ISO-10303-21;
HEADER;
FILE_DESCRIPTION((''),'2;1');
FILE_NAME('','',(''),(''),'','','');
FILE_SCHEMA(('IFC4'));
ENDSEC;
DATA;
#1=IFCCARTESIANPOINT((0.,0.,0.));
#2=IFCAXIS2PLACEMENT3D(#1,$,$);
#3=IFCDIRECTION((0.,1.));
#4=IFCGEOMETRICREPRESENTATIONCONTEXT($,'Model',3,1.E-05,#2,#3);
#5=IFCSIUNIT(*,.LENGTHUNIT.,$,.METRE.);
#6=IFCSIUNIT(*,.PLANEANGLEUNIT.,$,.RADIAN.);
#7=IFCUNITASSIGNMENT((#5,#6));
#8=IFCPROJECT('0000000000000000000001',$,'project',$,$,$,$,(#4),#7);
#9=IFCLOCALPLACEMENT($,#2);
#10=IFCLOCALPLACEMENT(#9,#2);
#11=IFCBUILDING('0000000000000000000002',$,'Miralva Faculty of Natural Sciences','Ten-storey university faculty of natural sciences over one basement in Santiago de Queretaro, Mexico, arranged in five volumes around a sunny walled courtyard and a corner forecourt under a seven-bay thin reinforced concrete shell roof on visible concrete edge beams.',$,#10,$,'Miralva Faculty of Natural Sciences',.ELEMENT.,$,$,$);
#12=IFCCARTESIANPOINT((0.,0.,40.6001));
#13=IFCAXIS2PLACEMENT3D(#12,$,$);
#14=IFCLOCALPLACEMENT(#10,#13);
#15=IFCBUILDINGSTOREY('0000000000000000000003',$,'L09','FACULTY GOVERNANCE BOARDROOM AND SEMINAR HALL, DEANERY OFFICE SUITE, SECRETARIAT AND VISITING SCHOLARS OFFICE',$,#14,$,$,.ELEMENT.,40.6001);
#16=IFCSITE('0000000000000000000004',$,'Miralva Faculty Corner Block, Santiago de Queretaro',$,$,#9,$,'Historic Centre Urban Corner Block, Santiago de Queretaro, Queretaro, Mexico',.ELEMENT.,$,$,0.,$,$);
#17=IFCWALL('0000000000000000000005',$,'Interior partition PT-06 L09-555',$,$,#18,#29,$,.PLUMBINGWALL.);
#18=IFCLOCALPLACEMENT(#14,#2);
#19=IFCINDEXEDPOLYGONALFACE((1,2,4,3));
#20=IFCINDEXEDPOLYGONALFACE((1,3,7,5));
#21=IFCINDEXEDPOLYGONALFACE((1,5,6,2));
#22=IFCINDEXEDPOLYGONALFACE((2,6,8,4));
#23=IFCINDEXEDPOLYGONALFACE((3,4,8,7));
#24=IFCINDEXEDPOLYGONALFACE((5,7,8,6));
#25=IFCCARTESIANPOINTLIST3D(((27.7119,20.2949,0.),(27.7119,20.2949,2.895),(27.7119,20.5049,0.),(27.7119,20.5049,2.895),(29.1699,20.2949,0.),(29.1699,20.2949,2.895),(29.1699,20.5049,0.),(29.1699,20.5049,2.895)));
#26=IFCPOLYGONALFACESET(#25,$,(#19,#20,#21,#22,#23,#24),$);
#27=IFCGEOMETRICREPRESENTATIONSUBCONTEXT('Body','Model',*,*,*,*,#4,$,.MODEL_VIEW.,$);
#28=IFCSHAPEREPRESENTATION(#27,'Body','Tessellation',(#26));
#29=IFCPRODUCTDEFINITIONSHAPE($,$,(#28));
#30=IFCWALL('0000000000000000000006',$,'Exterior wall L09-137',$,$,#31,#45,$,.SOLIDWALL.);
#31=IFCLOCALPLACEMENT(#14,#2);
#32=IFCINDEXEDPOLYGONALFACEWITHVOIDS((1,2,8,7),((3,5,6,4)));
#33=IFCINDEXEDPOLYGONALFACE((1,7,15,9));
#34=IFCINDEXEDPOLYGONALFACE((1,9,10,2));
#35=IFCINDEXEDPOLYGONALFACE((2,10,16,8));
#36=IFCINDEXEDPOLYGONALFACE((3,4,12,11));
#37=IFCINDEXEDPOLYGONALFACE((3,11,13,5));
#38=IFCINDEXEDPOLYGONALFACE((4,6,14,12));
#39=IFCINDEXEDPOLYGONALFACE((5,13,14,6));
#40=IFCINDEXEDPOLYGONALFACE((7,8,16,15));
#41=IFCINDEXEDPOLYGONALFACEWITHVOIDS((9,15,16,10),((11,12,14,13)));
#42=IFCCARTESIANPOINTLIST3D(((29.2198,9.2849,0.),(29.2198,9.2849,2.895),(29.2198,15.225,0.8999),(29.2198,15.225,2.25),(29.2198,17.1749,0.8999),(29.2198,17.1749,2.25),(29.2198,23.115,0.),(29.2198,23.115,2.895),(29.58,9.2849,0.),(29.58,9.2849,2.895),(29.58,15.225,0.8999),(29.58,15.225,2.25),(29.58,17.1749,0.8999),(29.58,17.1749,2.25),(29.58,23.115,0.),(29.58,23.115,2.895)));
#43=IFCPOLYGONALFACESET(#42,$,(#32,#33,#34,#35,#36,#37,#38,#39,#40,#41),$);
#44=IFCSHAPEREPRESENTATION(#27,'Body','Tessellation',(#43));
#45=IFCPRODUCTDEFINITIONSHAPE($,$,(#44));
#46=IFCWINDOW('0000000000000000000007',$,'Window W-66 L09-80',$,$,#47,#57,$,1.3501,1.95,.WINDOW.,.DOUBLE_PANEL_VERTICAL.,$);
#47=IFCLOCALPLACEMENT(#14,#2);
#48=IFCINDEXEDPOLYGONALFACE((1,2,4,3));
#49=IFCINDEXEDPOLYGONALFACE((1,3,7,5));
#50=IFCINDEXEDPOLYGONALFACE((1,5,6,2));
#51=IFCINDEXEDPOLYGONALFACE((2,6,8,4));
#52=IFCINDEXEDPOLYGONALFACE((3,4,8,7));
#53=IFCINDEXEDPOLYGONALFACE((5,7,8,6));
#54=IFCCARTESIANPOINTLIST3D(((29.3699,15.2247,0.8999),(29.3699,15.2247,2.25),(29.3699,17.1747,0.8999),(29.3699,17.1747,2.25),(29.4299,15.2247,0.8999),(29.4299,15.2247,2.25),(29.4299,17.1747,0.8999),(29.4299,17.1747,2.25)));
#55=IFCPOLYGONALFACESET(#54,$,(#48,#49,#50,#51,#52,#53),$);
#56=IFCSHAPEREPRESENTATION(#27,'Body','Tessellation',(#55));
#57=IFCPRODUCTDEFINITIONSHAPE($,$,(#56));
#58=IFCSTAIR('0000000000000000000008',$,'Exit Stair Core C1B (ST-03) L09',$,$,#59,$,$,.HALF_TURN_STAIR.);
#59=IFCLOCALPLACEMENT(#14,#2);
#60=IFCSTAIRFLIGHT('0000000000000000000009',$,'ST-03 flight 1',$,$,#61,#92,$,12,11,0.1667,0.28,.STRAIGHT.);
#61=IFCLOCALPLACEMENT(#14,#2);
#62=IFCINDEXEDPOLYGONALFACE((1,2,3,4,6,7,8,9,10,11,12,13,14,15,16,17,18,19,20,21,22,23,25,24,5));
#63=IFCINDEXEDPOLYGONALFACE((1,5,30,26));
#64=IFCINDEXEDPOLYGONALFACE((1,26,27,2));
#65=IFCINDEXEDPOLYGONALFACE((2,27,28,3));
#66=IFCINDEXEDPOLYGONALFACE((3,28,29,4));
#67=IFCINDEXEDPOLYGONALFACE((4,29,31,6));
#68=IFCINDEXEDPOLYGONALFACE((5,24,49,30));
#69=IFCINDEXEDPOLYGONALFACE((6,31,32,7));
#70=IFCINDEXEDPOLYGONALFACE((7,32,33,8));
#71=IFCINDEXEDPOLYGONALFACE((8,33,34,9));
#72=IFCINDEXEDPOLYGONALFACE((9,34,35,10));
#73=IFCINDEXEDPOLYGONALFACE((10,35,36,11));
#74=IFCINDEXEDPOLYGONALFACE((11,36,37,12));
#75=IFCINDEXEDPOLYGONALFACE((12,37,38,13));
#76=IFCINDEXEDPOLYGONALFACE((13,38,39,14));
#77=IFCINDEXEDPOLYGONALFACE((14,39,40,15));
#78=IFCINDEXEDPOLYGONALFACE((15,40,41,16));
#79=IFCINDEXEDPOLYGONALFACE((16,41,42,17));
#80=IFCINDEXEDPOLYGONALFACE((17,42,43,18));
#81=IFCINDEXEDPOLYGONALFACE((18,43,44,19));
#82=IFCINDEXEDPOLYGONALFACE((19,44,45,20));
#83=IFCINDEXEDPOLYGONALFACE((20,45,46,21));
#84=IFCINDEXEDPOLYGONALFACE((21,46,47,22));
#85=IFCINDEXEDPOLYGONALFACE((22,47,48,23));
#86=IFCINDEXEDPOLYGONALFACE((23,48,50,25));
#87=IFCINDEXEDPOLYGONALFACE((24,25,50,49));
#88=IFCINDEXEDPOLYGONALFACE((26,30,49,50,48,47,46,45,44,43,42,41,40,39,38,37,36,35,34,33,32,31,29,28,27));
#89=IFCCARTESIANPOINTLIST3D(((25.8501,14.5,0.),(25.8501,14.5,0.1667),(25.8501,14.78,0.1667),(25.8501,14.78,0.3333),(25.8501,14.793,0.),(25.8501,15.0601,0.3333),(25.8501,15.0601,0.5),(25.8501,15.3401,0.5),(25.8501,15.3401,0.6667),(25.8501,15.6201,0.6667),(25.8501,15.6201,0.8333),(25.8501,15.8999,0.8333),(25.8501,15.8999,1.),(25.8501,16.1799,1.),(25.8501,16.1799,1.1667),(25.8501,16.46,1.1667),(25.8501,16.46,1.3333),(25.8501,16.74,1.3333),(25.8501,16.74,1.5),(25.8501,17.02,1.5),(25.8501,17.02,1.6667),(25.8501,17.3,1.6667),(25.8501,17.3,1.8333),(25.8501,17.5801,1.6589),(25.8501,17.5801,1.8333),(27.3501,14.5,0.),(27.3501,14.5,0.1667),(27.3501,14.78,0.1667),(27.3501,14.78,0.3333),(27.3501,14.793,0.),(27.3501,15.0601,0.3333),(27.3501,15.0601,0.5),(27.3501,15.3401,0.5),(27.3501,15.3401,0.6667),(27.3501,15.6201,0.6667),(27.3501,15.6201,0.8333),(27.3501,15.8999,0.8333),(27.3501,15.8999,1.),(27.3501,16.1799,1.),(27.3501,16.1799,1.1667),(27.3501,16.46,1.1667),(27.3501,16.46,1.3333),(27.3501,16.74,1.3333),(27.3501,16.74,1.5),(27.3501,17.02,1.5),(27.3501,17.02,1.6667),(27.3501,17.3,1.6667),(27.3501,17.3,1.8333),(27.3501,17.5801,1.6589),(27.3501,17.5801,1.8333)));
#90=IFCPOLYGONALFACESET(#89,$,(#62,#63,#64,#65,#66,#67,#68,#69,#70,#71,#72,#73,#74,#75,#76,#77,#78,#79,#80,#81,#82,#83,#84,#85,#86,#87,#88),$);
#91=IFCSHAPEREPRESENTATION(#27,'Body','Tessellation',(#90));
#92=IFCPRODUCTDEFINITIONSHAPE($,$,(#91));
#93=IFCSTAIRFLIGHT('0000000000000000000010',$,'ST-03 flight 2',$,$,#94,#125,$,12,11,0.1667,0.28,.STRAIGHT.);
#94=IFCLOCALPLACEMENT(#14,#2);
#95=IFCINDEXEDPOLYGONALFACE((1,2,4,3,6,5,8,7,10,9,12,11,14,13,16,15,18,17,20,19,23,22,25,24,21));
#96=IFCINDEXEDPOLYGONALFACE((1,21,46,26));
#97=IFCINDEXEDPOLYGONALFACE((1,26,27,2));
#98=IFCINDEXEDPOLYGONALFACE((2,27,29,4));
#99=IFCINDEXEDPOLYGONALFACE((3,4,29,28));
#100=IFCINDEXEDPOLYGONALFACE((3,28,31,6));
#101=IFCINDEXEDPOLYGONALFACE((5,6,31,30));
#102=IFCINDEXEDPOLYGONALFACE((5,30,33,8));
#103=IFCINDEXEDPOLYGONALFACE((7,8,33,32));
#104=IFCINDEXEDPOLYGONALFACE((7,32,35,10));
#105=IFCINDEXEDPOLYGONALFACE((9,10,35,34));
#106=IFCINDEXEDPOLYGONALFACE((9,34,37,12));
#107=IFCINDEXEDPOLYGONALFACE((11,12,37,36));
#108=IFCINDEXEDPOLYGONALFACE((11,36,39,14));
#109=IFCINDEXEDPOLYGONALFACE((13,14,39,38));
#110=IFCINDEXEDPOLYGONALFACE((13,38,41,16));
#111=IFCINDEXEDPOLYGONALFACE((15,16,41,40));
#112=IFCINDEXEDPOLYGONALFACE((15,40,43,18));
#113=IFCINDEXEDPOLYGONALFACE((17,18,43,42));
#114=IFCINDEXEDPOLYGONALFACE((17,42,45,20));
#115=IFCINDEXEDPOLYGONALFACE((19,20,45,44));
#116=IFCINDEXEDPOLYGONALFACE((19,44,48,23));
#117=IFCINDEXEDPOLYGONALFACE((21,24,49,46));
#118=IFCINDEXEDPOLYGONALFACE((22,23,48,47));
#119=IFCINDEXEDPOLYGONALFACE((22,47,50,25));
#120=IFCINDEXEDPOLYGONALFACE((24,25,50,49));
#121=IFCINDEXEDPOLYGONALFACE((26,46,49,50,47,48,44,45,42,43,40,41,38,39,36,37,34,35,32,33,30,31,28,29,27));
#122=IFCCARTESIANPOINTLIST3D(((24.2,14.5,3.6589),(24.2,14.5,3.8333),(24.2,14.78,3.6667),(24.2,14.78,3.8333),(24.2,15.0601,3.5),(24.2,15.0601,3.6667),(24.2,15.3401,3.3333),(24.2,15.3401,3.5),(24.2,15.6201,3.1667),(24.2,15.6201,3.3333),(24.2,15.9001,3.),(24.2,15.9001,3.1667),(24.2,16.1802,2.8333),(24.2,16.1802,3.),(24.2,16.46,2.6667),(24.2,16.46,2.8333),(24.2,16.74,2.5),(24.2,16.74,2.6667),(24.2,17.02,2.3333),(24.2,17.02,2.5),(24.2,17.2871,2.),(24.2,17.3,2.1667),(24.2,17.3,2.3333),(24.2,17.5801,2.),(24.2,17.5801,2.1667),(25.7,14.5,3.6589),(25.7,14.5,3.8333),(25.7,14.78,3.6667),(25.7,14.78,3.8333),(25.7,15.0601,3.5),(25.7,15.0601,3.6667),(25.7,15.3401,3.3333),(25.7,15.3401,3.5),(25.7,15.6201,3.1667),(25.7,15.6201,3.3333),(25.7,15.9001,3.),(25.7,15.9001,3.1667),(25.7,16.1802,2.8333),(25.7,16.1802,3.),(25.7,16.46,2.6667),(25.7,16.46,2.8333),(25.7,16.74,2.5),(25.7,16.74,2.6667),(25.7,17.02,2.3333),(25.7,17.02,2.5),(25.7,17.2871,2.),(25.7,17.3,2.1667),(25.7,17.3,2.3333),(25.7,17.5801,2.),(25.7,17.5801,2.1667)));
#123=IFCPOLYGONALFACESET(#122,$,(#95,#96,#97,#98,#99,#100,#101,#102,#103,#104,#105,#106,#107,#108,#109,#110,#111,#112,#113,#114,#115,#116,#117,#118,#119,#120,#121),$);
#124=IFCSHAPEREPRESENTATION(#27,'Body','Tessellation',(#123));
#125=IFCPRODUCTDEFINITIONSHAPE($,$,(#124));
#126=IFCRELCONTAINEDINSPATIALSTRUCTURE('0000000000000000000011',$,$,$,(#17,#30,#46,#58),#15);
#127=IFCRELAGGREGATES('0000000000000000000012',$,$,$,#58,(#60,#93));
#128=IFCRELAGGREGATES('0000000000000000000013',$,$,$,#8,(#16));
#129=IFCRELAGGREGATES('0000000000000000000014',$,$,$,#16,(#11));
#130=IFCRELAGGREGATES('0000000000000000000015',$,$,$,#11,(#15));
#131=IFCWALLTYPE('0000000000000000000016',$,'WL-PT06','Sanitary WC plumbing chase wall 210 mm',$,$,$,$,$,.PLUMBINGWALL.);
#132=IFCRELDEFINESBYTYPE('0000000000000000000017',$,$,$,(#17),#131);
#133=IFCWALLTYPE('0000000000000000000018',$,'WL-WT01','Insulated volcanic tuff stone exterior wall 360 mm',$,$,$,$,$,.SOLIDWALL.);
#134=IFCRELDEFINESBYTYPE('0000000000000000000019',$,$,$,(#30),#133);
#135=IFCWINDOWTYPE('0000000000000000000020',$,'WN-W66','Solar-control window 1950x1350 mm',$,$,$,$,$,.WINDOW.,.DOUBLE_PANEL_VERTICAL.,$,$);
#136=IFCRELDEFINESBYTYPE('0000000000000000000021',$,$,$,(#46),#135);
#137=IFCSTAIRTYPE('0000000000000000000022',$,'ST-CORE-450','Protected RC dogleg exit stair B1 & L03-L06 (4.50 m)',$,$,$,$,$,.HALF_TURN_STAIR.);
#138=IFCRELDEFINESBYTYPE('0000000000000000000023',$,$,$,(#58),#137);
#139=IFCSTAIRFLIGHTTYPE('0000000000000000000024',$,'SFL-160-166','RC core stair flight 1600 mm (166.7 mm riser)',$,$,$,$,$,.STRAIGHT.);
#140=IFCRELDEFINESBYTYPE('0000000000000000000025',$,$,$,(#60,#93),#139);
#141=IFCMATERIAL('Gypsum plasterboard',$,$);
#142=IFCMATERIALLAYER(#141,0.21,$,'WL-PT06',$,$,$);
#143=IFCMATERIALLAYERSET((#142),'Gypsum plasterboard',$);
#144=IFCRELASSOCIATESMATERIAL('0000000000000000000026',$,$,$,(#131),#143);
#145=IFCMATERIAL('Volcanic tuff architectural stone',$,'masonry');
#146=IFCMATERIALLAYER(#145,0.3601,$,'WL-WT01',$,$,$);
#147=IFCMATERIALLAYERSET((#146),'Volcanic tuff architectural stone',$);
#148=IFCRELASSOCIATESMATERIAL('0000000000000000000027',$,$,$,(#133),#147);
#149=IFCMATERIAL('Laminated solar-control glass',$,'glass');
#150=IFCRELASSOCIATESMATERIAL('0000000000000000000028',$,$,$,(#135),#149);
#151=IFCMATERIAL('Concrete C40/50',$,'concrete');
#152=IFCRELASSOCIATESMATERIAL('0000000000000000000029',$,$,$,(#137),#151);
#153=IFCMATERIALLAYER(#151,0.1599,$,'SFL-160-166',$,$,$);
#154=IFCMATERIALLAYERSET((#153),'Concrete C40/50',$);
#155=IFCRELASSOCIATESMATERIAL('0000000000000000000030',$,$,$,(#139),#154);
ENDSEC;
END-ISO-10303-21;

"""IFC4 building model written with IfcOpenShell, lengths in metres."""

from ifc_helpers import new_model, si_unit, direction, frame, frame_2d, origin, place, context, subcontext, project, spatial, polyline, rectangle, outline, extrude, material, layer, layer_set, type_object, element, fill, aggregate, save


model = new_model("IFC4")

# Units and contexts
model_context = context("Model", 3, precision=1e-05, world=origin(), true_north=direction((0.0, 1.0)))
body_context = subcontext(model_context, "Body", "Model", "MODEL_VIEW")
ifc_project = project(units=[si_unit("LENGTHUNIT", "METRE"), si_unit("PLANEANGLEUNIT", "RADIAN")], contexts=[model_context])

# Site, building, storey
site_placement = place(None, origin())
site = spatial("IfcSite", under=ifc_project, at=site_placement, Name="Miralva Faculty Corner Block, Santiago de Queretaro", LongName="Historic Centre Urban Corner Block, Santiago de Queretaro, Queretaro, Mexico", CompositionType="ELEMENT", RefElevation=0.0)
building_placement = place(site_placement, origin())
building = spatial("IfcBuilding", under=site, at=building_placement, Name="Miralva Faculty of Natural Sciences", Description="Ten-storey university faculty of natural sciences over one basement in Santiago de Queretaro, Mexico, arranged in five volumes around a sunny walled courtyard and a corner forecourt under a seven-bay thin reinforced concrete shell roof on visible concrete edge beams.", LongName="Miralva Faculty of Natural Sciences", CompositionType="ELEMENT")
storey_placement = place(building_placement, frame((0.0, 0.0, 40.6001)))
storey = spatial("IfcBuildingStorey", under=building, at=storey_placement, Name="L09", Description="FACULTY GOVERNANCE BOARDROOM AND SEMINAR HALL, DEANERY OFFICE SUITE, SECRETARIAT AND VISITING SCHOLARS OFFICE", CompositionType="ELEMENT", Elevation=40.6001)

# Shared definitions
ifc_material_1 = material(Name="Concrete C40/50", Category="concrete")

# Shared definitions
ifc_material_2 = material(Name="Gypsum plasterboard")

# Wall
ifc_layer_1 = layer(ifc_material_2, 0.21, Name="WL-PT06")
ifc_layer_set_1 = layer_set([ifc_layer_1], Name="Gypsum plasterboard")
wall_type_1 = type_object("IfcWallType", Name="WL-PT06", Description="Sanitary WC plumbing chase wall 210 mm", PredefinedType="PLUMBINGWALL", material=ifc_layer_set_1)
wall_1_placement = place(storey_placement, frame((27.7119, 20.3999, 0.0), z_axis=(0.0, 0.0, 1.0), x_axis=(1.0, 0.0, 0.0)))
element("IfcWall", 1, at=wall_1_placement, inside=storey, type_object=wall_type_1, Name="Interior partition PT-06 L09-555", PredefinedType="PLUMBINGWALL", context=body_context, shape_type="SweptSolid", body=[
    extrude(rectangle(XDim=1.458, YDim=0.21, at=frame_2d((0.729, 0.0))), origin(), (0.0, 0.0, 1.0), 2.895),
])

# Wall, opening, window
ifc_material_3 = material(Name="Volcanic tuff architectural stone", Category="masonry")
ifc_layer_2 = layer(ifc_material_3, 0.3601, Name="WL-WT01")
ifc_layer_set_2 = layer_set([ifc_layer_2], Name="Volcanic tuff architectural stone")
wall_type_2 = type_object("IfcWallType", Name="WL-WT01", Description="Insulated volcanic tuff stone exterior wall 360 mm", PredefinedType="SOLIDWALL", material=ifc_layer_set_2)
wall_2_placement = place(storey_placement, frame((29.3999, 9.2849, 0.0), z_axis=(0.0, 0.0, 1.0), x_axis=(0.0, 1.0, 0.0)))
wall_2 = element("IfcWall", 2, at=wall_2_placement, inside=storey, type_object=wall_type_2, Name="Exterior wall L09-137", PredefinedType="SOLIDWALL", context=body_context, shape_type="SweptSolid", body=[
    extrude(rectangle(XDim=13.8301, YDim=0.3601, at=frame_2d((6.915, 0.0))), origin(), (0.0, 0.0, 1.0), 2.895),
])
opening_1_placement = place(wall_2_placement, frame((5.9399, 0.0, 0.8999)))
opening_1 = element("IfcOpeningElement", 3, at=opening_1_placement, cuts=wall_2, PredefinedType="OPENING", context=body_context, shape_type="SweptSolid", body=[
    extrude(rectangle(XDim=1.95, YDim=1.3501, at=frame_2d((0.9751, 0.675))), frame((0.0, 0.1899, 0.0), z_axis=(0.0, -1.0, 0.0), x_axis=(1.0, 0.0, 0.0)), (0.0, 0.0, 1.0), 0.3801),
])
ifc_material_4 = material(Name="Laminated solar-control glass", Category="glass")
window_type = type_object("IfcWindowType", Name="WN-W66", Description="Solar-control window 1950x1350 mm", PartitioningType="DOUBLE_PANEL_VERTICAL", PredefinedType="WINDOW", material=ifc_material_4)
window_placement = place(opening_1_placement, frame((1.95, 0.0, 0.0), z_axis=(0.0, 0.0, 1.0), x_axis=(-1.0, 0.0, 0.0)))
window = element("IfcWindow", 4, at=window_placement, inside=storey, type_object=window_type, Name="Window W-66 L09-80", OverallHeight=1.3501, OverallWidth=1.95, PartitioningType="DOUBLE_PANEL_VERTICAL", PredefinedType="WINDOW", context=body_context, shape_type="SweptSolid", body=[
    extrude(rectangle(XDim=1.95, YDim=1.3501, at=frame_2d((0.9751, 0.675))), frame((0.0, 0.03, 0.0), z_axis=(0.0, -1.0, 0.0), x_axis=(1.0, 0.0, 0.0)), (0.0, 0.0, 1.0), 0.0601),
])
fill(opening_1, window)

# Stair, stair flights
stair_type = type_object("IfcStairType", Name="ST-CORE-450", Description="Protected RC dogleg exit stair B1 & L03-L06 (4.50 m)", PredefinedType="HALF_TURN_STAIR", material=ifc_material_1)
stair_placement = place(storey_placement, origin())
stair = element("IfcStair", 5, at=stair_placement, inside=storey, type_object=stair_type, Name="Exit Stair Core C1B (ST-03) L09", PredefinedType="HALF_TURN_STAIR")
ifc_layer_3 = layer(ifc_material_1, 0.1599, Name="SFL-160-166")
ifc_layer_set_3 = layer_set([ifc_layer_3], Name="Concrete C40/50")
stair_flight_type = type_object("IfcStairFlightType", Name="SFL-160-166", Description="RC core stair flight 1600 mm (166.7 mm riser)", PredefinedType="STRAIGHT", material=ifc_layer_set_3)
stair_flight_1_placement = place(storey_placement, frame((26.6001, 14.5, 0.0), z_axis=(0.0, 0.0, 1.0), x_axis=(0.0, 1.0, 0.0)))
stair_flight_1 = element("IfcStairFlight", 6, at=stair_flight_1_placement, type_object=stair_flight_type, Name="ST-03 flight 1", NumberOfRisers=12, NumberOfTreads=11, PredefinedType="STRAIGHT", RiserHeight=0.1667, TreadLength=0.28, context=body_context, shape_type="SweptSolid", body=[
    extrude(outline(polyline([(0.0, 0.0), (0.0, 0.1667), (0.28, 0.1667), (0.28, 0.3333), (0.5601, 0.3333), (0.5601, 0.5), (0.8401, 0.5), (0.8401, 0.6667), (1.1201, 0.6667), (1.1201, 0.8333), (1.3999, 0.8333), (1.3999, 1.0), (1.6799, 1.0), (1.6799, 1.1667), (1.96, 1.1667), (1.96, 1.3333), (2.24, 1.3333), (2.24, 1.5), (2.52, 1.5), (2.52, 1.6667), (2.8, 1.6667), (2.8, 1.8333), (3.0801, 1.8333), (3.0801, 2.0), (3.0801, 1.6589), (0.293, 0.0), (0.0, 0.0)])), frame((0.0, 0.75, 0.0), z_axis=(0.0, -1.0, 0.0), x_axis=(1.0, 0.0, 0.0)), (0.0, 0.0, 1.0), 1.5),
])
stair_flight_2_placement = place(storey_placement, frame((24.95, 17.5801, 2.0), z_axis=(0.0, 0.0, 1.0), x_axis=(0.0, -1.0, 0.0)))
stair_flight_2 = element("IfcStairFlight", 7, at=stair_flight_2_placement, type_object=stair_flight_type, Name="ST-03 flight 2", NumberOfRisers=12, NumberOfTreads=11, PredefinedType="STRAIGHT", RiserHeight=0.1667, TreadLength=0.28, context=body_context, shape_type="SweptSolid", body=[
    extrude(outline(polyline([(0.0, 0.0), (0.0, 0.1667), (0.28, 0.1667), (0.28, 0.3333), (0.5601, 0.3333), (0.5601, 0.5), (0.8401, 0.5), (0.8401, 0.6667), (1.1201, 0.6667), (1.1201, 0.8333), (1.3999, 0.8333), (1.3999, 1.0), (1.6799, 1.0), (1.6799, 1.1667), (1.96, 1.1667), (1.96, 1.3333), (2.24, 1.3333), (2.24, 1.5), (2.52, 1.5), (2.52, 1.6667), (2.8, 1.6667), (2.8, 1.8333), (3.0801, 1.8333), (3.0801, 2.0), (3.0801, 1.6589), (0.293, 0.0), (0.0, 0.0)])), frame((0.0, 0.75, 0.0), z_axis=(0.0, -1.0, 0.0), x_axis=(1.0, 0.0, 0.0)), (0.0, 0.0, 1.0), 1.5),
])
aggregate(stair, [stair_flight_1, stair_flight_2])

save(model, "model.ifc")
